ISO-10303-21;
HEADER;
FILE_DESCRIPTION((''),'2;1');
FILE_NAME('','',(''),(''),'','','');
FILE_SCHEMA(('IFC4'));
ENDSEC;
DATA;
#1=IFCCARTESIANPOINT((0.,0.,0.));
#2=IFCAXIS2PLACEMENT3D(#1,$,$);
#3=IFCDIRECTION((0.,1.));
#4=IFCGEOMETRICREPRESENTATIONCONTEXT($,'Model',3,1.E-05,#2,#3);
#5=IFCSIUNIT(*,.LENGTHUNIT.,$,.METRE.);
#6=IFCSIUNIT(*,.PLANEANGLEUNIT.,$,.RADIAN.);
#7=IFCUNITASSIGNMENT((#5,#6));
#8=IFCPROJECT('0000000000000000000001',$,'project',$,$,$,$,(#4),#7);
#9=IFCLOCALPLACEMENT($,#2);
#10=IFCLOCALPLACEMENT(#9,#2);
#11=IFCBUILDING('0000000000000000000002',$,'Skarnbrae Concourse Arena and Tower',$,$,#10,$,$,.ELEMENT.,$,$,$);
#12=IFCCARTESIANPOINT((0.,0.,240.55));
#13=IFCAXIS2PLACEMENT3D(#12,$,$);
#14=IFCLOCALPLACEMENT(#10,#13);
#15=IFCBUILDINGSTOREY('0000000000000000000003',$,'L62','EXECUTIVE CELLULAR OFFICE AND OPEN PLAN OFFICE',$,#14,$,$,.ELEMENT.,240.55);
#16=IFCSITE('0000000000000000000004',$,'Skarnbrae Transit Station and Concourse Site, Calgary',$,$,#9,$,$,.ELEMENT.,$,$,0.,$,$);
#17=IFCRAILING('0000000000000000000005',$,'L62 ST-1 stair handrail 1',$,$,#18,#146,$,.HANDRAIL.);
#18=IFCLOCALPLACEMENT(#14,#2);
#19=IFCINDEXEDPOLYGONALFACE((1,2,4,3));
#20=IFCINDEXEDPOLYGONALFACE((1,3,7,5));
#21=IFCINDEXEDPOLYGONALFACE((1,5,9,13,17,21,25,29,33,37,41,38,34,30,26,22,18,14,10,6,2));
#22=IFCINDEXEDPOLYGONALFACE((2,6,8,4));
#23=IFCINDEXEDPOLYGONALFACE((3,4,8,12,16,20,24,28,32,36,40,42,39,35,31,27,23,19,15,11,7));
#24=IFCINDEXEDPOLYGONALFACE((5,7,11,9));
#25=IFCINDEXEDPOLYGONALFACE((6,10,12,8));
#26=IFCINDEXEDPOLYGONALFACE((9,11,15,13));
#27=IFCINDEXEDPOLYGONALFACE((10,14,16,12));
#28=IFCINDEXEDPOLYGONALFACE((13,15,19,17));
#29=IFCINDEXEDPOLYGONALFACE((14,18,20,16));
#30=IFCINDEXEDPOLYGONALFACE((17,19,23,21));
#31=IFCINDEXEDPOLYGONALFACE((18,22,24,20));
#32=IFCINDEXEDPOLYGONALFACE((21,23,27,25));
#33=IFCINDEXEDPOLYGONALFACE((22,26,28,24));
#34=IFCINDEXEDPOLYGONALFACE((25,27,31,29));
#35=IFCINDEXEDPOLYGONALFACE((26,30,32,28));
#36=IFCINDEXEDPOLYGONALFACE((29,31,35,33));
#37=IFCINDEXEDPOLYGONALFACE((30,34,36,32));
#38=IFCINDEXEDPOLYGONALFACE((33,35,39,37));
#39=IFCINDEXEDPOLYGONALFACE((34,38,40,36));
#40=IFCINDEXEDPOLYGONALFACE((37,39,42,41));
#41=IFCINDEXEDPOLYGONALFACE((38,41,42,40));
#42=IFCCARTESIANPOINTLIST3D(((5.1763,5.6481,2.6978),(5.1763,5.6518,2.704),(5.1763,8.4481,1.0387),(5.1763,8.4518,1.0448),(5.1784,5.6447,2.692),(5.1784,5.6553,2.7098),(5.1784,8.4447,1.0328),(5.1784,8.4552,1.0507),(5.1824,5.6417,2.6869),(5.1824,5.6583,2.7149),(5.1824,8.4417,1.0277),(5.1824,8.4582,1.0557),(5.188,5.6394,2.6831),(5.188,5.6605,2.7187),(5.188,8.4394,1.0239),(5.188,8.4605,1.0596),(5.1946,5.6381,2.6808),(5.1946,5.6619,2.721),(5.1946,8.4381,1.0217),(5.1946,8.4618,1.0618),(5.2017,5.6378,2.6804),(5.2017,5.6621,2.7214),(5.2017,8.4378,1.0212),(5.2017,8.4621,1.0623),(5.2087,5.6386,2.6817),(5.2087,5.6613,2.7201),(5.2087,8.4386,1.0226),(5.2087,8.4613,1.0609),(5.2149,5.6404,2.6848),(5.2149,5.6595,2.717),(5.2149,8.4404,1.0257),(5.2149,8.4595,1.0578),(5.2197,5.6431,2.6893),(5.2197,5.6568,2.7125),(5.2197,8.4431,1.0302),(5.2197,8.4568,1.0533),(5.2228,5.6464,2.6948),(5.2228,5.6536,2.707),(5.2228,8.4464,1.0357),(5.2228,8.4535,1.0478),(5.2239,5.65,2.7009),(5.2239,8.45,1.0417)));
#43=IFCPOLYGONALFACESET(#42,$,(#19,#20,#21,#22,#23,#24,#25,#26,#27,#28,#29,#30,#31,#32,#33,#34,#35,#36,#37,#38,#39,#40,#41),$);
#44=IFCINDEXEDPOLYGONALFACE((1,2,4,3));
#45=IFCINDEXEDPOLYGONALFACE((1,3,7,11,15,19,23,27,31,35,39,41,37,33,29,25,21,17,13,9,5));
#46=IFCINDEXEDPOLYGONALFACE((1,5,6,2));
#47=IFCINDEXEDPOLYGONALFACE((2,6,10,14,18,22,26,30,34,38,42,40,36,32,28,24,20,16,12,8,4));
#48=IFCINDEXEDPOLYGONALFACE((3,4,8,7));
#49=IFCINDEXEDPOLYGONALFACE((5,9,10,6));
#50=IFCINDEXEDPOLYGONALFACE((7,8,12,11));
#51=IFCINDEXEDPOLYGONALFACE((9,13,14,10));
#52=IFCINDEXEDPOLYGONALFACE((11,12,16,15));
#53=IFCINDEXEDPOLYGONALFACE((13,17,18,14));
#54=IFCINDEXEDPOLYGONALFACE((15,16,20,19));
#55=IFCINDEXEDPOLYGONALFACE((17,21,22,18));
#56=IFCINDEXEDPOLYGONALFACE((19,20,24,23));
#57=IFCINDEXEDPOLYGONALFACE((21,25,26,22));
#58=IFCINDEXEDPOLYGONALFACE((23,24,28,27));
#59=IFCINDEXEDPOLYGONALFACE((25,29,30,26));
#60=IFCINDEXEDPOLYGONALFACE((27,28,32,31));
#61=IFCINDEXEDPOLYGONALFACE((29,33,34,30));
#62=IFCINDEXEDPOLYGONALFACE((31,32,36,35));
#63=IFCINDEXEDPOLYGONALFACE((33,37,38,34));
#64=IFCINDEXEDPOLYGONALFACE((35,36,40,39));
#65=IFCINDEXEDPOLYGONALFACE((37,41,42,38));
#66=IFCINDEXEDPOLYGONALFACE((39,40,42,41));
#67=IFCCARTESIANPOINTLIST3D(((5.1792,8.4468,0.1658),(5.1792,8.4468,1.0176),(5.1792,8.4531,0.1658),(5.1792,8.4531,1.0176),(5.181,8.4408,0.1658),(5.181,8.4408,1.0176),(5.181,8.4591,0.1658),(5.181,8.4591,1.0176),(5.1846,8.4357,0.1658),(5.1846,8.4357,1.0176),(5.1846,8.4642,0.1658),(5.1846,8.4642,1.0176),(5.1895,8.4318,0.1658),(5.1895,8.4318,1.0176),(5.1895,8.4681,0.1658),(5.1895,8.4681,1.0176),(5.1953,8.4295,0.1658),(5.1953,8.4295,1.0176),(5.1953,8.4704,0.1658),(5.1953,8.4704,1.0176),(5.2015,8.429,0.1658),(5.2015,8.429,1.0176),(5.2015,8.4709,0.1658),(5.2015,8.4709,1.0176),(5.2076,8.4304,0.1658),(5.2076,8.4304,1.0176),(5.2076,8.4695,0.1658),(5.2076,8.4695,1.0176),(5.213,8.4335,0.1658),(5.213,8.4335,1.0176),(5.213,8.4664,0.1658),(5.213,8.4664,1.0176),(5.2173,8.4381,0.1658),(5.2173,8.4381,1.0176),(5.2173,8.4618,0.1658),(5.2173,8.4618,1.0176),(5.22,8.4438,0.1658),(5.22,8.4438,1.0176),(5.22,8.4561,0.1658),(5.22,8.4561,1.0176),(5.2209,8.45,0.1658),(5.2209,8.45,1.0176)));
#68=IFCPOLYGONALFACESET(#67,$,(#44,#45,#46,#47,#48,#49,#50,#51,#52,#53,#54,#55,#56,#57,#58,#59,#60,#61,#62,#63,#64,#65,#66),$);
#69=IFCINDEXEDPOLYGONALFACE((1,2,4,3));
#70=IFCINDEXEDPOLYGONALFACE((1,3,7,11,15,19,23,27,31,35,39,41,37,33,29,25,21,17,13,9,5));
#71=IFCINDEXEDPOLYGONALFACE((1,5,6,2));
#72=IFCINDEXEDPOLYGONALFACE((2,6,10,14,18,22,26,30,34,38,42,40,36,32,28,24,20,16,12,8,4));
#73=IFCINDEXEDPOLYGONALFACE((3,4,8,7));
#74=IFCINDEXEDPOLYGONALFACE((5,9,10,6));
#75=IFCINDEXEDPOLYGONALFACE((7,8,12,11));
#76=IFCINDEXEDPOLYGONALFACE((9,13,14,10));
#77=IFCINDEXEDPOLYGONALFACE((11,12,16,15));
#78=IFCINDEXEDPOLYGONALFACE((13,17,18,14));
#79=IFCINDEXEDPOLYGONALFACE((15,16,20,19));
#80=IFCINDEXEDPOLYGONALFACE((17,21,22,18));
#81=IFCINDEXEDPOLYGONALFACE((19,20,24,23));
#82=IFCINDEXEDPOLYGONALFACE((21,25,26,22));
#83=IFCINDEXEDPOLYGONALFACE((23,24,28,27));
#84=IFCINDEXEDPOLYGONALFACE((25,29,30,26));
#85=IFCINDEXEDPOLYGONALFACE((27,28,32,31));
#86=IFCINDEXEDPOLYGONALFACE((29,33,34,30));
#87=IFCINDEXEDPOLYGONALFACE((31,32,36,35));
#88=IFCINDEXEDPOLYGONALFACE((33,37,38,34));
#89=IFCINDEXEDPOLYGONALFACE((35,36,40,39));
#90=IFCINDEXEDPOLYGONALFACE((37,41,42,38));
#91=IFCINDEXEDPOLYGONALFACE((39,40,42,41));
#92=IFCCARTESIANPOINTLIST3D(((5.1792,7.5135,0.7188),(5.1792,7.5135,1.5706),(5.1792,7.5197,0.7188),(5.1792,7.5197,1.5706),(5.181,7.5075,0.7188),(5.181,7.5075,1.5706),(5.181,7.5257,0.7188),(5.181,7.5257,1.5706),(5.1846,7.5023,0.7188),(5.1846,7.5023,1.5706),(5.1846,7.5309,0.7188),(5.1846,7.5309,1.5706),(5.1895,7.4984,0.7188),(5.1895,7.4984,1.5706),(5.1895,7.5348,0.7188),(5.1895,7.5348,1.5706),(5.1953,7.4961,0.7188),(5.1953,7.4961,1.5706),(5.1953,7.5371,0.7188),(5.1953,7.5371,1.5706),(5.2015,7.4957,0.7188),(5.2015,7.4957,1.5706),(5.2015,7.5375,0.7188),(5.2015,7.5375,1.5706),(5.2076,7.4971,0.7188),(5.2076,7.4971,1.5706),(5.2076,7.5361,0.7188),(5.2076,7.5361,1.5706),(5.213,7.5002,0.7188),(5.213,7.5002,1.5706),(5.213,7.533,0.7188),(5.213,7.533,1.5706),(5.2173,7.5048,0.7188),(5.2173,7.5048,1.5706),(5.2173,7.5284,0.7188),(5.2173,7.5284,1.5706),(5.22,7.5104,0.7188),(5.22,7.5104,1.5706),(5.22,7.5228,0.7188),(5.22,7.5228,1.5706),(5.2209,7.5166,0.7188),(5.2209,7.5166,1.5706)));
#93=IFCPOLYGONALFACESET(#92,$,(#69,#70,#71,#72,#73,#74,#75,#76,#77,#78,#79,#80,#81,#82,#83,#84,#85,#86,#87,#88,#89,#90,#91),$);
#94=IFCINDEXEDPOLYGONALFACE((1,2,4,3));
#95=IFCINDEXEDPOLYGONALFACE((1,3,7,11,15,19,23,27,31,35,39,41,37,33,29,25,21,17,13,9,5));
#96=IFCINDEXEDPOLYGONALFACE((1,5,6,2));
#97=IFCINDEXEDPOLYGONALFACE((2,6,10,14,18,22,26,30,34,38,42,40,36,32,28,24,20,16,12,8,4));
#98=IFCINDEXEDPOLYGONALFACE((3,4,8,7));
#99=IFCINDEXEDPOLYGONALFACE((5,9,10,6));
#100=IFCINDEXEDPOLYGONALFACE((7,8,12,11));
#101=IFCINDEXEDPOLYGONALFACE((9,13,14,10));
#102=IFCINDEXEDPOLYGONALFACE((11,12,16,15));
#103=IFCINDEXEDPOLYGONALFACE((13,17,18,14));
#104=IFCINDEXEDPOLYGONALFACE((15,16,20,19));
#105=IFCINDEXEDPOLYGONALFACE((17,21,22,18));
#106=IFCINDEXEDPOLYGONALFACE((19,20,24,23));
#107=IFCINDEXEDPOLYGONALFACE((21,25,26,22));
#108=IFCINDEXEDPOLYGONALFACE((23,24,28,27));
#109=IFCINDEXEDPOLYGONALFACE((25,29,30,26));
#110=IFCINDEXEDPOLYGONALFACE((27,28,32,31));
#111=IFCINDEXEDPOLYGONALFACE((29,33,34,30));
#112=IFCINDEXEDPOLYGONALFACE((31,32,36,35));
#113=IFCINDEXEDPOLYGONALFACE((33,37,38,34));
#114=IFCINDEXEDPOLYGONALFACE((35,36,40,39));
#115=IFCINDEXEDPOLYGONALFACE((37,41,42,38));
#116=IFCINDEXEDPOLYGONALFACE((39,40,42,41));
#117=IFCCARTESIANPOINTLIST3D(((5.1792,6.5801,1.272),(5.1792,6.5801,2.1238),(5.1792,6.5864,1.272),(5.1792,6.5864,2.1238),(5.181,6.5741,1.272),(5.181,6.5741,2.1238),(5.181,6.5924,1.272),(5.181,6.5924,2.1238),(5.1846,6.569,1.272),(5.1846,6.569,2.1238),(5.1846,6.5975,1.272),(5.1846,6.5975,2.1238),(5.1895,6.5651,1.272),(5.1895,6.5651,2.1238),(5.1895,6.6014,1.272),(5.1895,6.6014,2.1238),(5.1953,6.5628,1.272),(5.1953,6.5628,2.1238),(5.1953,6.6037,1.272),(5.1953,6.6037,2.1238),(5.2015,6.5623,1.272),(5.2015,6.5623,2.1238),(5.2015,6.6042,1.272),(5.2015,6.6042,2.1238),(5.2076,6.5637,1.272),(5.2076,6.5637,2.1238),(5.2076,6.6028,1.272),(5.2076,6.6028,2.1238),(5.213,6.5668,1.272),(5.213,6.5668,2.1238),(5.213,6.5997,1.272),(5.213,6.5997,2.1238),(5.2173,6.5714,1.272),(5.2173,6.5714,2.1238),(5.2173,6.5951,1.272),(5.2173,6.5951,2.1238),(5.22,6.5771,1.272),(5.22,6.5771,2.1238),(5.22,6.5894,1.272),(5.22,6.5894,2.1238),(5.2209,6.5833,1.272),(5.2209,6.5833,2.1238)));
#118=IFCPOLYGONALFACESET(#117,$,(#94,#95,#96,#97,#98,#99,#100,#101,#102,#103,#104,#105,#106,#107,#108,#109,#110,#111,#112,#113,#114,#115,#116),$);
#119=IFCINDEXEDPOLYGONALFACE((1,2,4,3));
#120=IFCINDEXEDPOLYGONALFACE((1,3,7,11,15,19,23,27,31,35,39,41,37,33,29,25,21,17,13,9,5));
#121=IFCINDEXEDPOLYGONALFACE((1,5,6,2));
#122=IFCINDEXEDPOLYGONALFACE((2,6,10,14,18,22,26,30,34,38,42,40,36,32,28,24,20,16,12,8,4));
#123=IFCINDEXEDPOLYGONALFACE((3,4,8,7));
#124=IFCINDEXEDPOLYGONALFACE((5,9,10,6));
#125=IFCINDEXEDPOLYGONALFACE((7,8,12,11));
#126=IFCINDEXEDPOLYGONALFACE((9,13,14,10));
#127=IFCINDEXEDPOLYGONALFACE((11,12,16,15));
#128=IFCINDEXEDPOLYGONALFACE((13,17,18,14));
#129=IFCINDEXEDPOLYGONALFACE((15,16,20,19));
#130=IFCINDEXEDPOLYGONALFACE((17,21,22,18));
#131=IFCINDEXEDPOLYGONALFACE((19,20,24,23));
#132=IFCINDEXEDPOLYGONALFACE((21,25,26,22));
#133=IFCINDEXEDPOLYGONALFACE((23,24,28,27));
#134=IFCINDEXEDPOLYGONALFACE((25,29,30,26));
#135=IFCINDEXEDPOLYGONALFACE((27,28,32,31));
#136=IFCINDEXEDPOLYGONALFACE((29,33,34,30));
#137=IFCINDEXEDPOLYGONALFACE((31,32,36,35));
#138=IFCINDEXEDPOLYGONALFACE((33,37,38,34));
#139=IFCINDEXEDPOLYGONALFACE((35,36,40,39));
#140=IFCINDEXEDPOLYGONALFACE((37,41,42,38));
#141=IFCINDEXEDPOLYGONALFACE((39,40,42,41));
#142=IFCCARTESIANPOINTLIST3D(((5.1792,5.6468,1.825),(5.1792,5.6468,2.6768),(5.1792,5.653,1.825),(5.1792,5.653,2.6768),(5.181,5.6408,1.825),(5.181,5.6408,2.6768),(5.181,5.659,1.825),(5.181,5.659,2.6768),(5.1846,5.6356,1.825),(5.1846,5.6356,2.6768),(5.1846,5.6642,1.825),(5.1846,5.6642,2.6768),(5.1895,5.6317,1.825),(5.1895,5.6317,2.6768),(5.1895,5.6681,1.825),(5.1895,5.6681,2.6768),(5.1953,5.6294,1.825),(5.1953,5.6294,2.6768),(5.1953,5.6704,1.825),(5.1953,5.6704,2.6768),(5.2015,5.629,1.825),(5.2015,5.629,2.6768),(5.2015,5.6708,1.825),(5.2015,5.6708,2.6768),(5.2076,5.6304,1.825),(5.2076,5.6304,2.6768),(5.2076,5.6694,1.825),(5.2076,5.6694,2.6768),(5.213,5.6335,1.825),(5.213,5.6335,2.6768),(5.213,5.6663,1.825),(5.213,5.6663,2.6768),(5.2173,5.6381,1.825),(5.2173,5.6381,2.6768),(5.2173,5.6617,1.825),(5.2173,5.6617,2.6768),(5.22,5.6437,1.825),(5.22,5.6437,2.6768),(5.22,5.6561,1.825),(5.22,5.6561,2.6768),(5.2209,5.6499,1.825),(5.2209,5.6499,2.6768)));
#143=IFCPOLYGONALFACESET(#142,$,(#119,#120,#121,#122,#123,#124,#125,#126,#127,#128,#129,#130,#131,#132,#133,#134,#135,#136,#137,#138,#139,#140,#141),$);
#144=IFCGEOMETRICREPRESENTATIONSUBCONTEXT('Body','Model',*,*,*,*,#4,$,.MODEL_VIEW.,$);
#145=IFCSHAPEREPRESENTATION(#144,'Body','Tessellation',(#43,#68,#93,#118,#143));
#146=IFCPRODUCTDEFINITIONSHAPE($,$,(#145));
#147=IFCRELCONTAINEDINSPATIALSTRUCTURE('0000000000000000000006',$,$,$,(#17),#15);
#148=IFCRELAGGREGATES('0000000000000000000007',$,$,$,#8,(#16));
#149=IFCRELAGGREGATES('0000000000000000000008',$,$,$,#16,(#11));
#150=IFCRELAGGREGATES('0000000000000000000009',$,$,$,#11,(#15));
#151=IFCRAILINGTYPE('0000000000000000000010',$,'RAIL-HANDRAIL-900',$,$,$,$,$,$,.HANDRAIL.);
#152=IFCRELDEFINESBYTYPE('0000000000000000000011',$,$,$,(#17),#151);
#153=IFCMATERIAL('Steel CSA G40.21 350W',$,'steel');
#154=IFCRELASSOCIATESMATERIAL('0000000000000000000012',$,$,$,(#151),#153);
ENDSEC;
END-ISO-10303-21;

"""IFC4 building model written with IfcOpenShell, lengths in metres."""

from ifc_helpers import new_model, si_unit, direction, frame, origin, origin_2d, place, context, subcontext, project, spatial, circle, extrude, material, type_object, element, save


model = new_model("IFC4")

# Units and contexts
model_context = context("Model", 3, precision=1e-05, world=origin(), true_north=direction((0.0, 1.0)))
body_context = subcontext(model_context, "Body", "Model", "MODEL_VIEW")
ifc_project = project(units=[si_unit("LENGTHUNIT", "METRE"), si_unit("PLANEANGLEUNIT", "RADIAN")], contexts=[model_context])

# Site, building, storey
site_placement = place(None, origin())
site = spatial("IfcSite", under=ifc_project, at=site_placement, Name="Skarnbrae Transit Station and Concourse Site, Calgary", CompositionType="ELEMENT", RefElevation=0.0)
building_placement = place(site_placement, origin())
building = spatial("IfcBuilding", under=site, at=building_placement, Name="Skarnbrae Concourse Arena and Tower", CompositionType="ELEMENT")
storey_placement = place(building_placement, frame((0.0, 0.0, 240.55)))
storey = spatial("IfcBuildingStorey", under=building, at=storey_placement, Name="L62", Description="EXECUTIVE CELLULAR OFFICE AND OPEN PLAN OFFICE", CompositionType="ELEMENT", Elevation=240.55)

# Railing
ifc_material_1 = material(Name="Steel CSA G40.21 350W", Category="steel")
railing_type_1 = type_object("IfcRailingType", Name="RAIL-HANDRAIL-900", PredefinedType="HANDRAIL", material=ifc_material_1)
railing_1_placement = place(storey_placement, frame((5.2, 8.45, 0.1658)))
element("IfcRailing", 1, at=railing_1_placement, inside=storey, type_object=railing_type_1, Name="L62 ST-1 stair handrail 1", PredefinedType="HANDRAIL", context=body_context, shape_type="SweptSolid", body=[
    extrude(circle(Radius=0.0239, at=origin_2d()), frame((0.0, 0.0, 0.876), z_axis=(0.0, -0.860306, 0.509778), x_axis=(1.0, 0.0, 0.0)), (0.0, 0.0, 1.0), 3.2546),
    extrude(circle(Radius=0.021, at=origin_2d()), origin(), (0.0, 0.0, 1.0), 0.8518),
    extrude(circle(Radius=0.021, at=origin_2d()), frame((0.0, -0.9333, 0.553)), (0.0, 0.0, 1.0), 0.8518),
    extrude(circle(Radius=0.021, at=origin_2d()), frame((0.0, -1.8667, 1.1062)), (0.0, 0.0, 1.0), 0.8518),
    extrude(circle(Radius=0.021, at=origin_2d()), frame((0.0, -2.8, 1.6592)), (0.0, 0.0, 1.0), 0.8518),
])

save(model, "model.ifc")
